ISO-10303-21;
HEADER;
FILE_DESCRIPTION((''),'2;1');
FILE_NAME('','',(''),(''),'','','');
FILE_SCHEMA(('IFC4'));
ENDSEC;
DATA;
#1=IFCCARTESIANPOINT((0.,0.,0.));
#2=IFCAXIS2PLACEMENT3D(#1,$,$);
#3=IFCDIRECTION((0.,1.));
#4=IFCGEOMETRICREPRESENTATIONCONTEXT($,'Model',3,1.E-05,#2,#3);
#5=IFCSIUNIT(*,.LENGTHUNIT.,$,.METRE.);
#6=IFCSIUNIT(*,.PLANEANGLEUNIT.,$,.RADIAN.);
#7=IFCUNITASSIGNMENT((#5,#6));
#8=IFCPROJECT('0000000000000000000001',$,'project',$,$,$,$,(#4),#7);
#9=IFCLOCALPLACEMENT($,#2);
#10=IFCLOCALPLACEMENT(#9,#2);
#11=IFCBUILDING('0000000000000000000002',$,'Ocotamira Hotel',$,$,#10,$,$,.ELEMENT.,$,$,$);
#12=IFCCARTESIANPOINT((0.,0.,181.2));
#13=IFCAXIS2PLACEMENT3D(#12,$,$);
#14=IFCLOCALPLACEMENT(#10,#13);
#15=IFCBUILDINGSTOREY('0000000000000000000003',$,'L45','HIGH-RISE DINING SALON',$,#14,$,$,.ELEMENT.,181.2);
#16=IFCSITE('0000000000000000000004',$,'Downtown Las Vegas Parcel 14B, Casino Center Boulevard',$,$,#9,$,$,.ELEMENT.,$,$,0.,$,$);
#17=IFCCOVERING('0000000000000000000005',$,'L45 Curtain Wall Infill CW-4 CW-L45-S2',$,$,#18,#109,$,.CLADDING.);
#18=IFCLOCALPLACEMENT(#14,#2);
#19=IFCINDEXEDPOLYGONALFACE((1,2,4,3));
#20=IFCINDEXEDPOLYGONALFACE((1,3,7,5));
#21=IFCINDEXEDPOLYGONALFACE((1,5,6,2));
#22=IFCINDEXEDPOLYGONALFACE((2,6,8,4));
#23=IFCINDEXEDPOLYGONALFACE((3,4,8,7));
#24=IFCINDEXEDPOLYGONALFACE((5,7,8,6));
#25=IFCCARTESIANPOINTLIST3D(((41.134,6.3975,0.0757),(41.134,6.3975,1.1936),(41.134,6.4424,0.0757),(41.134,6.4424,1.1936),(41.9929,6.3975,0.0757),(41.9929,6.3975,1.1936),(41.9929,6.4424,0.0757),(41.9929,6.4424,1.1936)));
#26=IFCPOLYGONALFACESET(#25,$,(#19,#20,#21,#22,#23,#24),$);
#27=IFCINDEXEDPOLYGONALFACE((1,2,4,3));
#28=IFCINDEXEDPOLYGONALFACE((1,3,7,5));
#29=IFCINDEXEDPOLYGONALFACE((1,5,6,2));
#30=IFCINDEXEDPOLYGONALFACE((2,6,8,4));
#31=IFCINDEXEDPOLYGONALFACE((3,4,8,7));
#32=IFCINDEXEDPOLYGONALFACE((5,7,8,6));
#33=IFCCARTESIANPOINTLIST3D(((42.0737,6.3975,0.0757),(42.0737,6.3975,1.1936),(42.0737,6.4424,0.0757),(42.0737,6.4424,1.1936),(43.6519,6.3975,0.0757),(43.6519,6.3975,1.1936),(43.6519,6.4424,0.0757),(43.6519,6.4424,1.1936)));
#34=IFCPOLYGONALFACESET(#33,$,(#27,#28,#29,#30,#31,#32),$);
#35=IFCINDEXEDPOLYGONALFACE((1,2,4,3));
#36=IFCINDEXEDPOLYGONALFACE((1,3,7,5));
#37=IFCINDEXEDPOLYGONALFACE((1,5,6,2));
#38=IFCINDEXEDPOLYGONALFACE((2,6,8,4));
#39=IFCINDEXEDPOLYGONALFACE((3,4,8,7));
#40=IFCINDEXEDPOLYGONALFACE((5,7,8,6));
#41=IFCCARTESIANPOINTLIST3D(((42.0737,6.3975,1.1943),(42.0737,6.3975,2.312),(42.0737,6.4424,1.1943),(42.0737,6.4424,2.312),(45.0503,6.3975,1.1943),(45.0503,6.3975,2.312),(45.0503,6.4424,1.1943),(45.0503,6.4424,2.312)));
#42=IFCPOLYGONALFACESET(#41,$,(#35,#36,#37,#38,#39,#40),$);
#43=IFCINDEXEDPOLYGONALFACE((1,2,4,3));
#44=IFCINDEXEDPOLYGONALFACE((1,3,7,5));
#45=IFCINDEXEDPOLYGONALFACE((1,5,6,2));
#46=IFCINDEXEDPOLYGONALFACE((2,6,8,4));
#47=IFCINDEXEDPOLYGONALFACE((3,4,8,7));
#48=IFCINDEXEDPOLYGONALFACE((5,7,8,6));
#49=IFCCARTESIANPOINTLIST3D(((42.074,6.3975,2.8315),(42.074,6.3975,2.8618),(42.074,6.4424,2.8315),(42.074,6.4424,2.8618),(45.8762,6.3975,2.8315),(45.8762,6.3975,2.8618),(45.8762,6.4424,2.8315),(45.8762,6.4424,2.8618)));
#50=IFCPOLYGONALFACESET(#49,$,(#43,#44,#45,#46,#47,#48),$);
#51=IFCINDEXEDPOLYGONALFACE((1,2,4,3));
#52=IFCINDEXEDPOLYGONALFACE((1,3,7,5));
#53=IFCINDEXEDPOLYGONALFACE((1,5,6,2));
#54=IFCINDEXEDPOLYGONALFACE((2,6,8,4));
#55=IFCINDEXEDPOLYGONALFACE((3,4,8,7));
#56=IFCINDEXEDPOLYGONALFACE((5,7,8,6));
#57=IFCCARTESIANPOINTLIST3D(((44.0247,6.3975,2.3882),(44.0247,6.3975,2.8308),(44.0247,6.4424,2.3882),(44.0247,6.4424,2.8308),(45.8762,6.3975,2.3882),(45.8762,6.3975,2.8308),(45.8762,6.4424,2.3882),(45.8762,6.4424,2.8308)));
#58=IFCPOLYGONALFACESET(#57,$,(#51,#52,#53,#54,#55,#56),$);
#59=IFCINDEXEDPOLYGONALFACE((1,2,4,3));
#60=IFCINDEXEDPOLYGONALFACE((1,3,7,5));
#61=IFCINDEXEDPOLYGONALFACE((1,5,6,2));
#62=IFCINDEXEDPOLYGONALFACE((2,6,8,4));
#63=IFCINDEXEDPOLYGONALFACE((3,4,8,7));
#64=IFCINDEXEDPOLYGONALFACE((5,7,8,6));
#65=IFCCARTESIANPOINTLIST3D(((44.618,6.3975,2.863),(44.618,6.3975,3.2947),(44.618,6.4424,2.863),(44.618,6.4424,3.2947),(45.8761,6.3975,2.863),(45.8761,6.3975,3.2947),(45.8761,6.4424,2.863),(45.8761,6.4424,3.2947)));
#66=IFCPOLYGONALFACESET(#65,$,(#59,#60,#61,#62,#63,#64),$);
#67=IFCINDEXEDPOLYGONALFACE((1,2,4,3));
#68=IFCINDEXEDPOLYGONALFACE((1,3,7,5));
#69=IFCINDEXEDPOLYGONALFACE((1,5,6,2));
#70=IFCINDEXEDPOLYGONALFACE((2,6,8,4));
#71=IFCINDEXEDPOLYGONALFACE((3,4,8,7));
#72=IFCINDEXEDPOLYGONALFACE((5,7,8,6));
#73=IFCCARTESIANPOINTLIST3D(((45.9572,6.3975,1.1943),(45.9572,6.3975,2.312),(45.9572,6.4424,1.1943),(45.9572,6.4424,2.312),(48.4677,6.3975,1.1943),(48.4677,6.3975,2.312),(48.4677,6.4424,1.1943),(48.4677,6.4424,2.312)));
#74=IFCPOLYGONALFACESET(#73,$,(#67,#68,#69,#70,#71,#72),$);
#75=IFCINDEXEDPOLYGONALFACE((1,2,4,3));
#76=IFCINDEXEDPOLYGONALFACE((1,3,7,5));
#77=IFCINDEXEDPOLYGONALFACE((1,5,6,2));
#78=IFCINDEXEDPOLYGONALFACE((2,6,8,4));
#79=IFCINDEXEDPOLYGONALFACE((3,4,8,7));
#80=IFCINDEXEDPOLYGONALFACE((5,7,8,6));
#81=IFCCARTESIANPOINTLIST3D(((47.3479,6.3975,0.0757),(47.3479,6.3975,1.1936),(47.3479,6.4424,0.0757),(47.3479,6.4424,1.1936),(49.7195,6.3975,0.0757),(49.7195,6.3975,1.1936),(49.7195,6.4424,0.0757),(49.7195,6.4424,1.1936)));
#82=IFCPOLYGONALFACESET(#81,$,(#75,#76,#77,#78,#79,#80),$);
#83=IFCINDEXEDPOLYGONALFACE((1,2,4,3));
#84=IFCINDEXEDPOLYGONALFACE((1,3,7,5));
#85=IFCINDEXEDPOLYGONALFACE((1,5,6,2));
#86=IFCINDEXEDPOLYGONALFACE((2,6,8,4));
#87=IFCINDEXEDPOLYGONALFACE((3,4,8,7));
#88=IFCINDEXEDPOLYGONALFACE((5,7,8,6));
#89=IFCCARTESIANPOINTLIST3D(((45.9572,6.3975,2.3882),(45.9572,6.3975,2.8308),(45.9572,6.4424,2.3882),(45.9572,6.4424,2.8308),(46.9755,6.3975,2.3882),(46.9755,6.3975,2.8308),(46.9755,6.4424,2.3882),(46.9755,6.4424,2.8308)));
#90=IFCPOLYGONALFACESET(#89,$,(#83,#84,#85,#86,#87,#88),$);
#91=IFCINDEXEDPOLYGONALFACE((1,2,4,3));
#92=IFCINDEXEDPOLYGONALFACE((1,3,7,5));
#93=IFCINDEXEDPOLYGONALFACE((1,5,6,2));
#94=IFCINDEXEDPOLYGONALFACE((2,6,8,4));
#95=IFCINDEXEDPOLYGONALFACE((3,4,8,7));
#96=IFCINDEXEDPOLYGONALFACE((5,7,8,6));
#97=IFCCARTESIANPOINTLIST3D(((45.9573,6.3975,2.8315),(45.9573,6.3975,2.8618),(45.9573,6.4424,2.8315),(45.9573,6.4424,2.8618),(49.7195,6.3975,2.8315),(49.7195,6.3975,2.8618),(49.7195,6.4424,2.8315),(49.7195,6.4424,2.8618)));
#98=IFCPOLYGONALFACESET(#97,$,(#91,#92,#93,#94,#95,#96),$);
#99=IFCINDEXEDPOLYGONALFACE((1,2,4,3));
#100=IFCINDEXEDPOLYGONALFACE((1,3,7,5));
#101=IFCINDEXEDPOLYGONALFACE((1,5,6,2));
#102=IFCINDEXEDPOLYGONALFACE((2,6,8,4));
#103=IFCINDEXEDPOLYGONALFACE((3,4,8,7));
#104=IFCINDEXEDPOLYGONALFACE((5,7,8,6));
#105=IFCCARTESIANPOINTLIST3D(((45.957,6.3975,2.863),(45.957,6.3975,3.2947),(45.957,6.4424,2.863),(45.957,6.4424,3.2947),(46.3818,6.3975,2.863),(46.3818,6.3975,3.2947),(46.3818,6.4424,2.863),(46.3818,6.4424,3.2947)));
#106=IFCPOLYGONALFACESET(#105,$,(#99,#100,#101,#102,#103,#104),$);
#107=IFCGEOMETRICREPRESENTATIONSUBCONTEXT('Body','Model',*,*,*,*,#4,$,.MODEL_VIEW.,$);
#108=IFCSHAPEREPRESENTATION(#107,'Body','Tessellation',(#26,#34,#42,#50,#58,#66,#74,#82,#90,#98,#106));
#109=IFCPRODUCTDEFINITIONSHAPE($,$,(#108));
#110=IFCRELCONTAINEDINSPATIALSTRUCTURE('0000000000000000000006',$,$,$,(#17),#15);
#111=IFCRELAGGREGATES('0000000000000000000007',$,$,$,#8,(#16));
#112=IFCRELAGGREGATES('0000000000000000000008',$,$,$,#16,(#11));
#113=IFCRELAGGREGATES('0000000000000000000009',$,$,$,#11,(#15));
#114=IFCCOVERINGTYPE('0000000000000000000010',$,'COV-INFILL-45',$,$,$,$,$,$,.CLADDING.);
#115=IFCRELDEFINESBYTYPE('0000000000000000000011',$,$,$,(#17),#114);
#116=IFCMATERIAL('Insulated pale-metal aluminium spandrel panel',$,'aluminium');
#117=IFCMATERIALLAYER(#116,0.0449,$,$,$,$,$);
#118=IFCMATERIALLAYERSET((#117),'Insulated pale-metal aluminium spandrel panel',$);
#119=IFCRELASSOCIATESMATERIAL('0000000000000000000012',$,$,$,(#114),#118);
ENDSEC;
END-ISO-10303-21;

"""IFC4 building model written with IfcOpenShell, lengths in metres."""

from ifc_helpers import new_model, si_unit, direction, frame, origin, origin_2d, place, context, subcontext, project, spatial, rectangle, extrude, material, layer, layer_set, type_object, element, save


model = new_model("IFC4")

# Units and contexts
model_context = context("Model", 3, precision=1e-05, world=origin(), true_north=direction((0.0, 1.0)))
body_context = subcontext(model_context, "Body", "Model", "MODEL_VIEW")
ifc_project = project(units=[si_unit("LENGTHUNIT", "METRE"), si_unit("PLANEANGLEUNIT", "RADIAN")], contexts=[model_context])

# Site, building, storey
site_placement = place(None, origin())
site = spatial("IfcSite", under=ifc_project, at=site_placement, Name="Downtown Las Vegas Parcel 14B, Casino Center Boulevard", CompositionType="ELEMENT", RefElevation=0.0)
building_placement = place(site_placement, origin())
building = spatial("IfcBuilding", under=site, at=building_placement, Name="Ocotamira Hotel", CompositionType="ELEMENT")
storey_placement = place(building_placement, frame((0.0, 0.0, 181.2)))
storey = spatial("IfcBuildingStorey", under=building, at=storey_placement, Name="L45", Description="HIGH-RISE DINING SALON", CompositionType="ELEMENT", Elevation=181.2)

# Covering
ifc_material_1 = material(Name="Insulated pale-metal aluminium spandrel panel", Category="aluminium")
ifc_layer_1 = layer(ifc_material_1, 0.0449)
ifc_layer_set_1 = layer_set([ifc_layer_1], Name="Insulated pale-metal aluminium spandrel panel")
covering_type_1 = type_object("IfcCoveringType", Name="COV-INFILL-45", PredefinedType="CLADDING", material=ifc_layer_set_1)
covering_1_placement = place(storey_placement, origin())
element("IfcCovering", 1, at=covering_1_placement, inside=storey, type_object=covering_type_1, Name="L45 Curtain Wall Infill CW-4 CW-L45-S2", PredefinedType="CLADDING", context=body_context, shape_type="SweptSolid", body=[
    extrude(rectangle(XDim=0.8589, YDim=0.0449, at=origin_2d()), frame((41.5635, 6.4199, 0.0757), z_axis=(0.0, 0.0, 1.0), x_axis=(1.0, 0.0, 0.0)), (0.0, 0.0, 1.0), 1.1179),
    extrude(rectangle(XDim=1.5781, YDim=0.0449, at=origin_2d()), frame((42.8628, 6.4199, 0.0757), z_axis=(0.0, 0.0, 1.0), x_axis=(1.0, 0.0, 0.0)), (0.0, 0.0, 1.0), 1.1179),
    extrude(rectangle(XDim=2.9766, YDim=0.0449, at=origin_2d()), frame((43.562, 6.4199, 1.1943), z_axis=(0.0, 0.0, 1.0), x_axis=(1.0, 0.0, 0.0)), (0.0, 0.0, 1.0), 1.1177),
    extrude(rectangle(XDim=3.8022, YDim=0.0449, at=origin_2d()), frame((43.9751, 6.4199, 2.8315), z_axis=(0.0, 0.0, 1.0), x_axis=(1.0, 0.0, 0.0)), (0.0, 0.0, 1.0), 0.0303),
    extrude(rectangle(XDim=1.8516, YDim=0.0449, at=origin_2d()), frame((44.9504, 6.4199, 2.3882), z_axis=(0.0, 0.0, 1.0), x_axis=(1.0, 0.0, 0.0)), (0.0, 0.0, 1.0), 0.4426),
    extrude(rectangle(XDim=1.2581, YDim=0.0449, at=origin_2d()), frame((45.2471, 6.4199, 2.863), z_axis=(0.0, 0.0, 1.0), x_axis=(1.0, 0.0, 0.0)), (0.0, 0.0, 1.0), 0.4316),
    extrude(rectangle(XDim=2.5105, YDim=0.0449, at=origin_2d()), frame((47.2124, 6.4199, 1.1943), z_axis=(0.0, 0.0, 1.0), x_axis=(1.0, 0.0, 0.0)), (0.0, 0.0, 1.0), 1.1177),
    extrude(rectangle(XDim=2.3716, YDim=0.0449, at=origin_2d()), frame((48.5337, 6.4199, 0.0757), z_axis=(0.0, 0.0, 1.0), x_axis=(1.0, 0.0, 0.0)), (0.0, 0.0, 1.0), 1.1179),
    extrude(rectangle(XDim=1.0183, YDim=0.0449, at=origin_2d()), frame((46.4663, 6.4199, 2.3882), z_axis=(0.0, 0.0, 1.0), x_axis=(1.0, 0.0, 0.0)), (0.0, 0.0, 1.0), 0.4426),
    extrude(rectangle(XDim=3.7622, YDim=0.0449, at=origin_2d()), frame((47.8384, 6.4199, 2.8315), z_axis=(0.0, 0.0, 1.0), x_axis=(1.0, 0.0, 0.0)), (0.0, 0.0, 1.0), 0.0303),
    extrude(rectangle(XDim=0.4248, YDim=0.0449, at=origin_2d()), frame((46.1694, 6.4199, 2.863), z_axis=(0.0, 0.0, 1.0), x_axis=(1.0, 0.0, 0.0)), (0.0, 0.0, 1.0), 0.4316),
])

save(model, "model.ifc")
